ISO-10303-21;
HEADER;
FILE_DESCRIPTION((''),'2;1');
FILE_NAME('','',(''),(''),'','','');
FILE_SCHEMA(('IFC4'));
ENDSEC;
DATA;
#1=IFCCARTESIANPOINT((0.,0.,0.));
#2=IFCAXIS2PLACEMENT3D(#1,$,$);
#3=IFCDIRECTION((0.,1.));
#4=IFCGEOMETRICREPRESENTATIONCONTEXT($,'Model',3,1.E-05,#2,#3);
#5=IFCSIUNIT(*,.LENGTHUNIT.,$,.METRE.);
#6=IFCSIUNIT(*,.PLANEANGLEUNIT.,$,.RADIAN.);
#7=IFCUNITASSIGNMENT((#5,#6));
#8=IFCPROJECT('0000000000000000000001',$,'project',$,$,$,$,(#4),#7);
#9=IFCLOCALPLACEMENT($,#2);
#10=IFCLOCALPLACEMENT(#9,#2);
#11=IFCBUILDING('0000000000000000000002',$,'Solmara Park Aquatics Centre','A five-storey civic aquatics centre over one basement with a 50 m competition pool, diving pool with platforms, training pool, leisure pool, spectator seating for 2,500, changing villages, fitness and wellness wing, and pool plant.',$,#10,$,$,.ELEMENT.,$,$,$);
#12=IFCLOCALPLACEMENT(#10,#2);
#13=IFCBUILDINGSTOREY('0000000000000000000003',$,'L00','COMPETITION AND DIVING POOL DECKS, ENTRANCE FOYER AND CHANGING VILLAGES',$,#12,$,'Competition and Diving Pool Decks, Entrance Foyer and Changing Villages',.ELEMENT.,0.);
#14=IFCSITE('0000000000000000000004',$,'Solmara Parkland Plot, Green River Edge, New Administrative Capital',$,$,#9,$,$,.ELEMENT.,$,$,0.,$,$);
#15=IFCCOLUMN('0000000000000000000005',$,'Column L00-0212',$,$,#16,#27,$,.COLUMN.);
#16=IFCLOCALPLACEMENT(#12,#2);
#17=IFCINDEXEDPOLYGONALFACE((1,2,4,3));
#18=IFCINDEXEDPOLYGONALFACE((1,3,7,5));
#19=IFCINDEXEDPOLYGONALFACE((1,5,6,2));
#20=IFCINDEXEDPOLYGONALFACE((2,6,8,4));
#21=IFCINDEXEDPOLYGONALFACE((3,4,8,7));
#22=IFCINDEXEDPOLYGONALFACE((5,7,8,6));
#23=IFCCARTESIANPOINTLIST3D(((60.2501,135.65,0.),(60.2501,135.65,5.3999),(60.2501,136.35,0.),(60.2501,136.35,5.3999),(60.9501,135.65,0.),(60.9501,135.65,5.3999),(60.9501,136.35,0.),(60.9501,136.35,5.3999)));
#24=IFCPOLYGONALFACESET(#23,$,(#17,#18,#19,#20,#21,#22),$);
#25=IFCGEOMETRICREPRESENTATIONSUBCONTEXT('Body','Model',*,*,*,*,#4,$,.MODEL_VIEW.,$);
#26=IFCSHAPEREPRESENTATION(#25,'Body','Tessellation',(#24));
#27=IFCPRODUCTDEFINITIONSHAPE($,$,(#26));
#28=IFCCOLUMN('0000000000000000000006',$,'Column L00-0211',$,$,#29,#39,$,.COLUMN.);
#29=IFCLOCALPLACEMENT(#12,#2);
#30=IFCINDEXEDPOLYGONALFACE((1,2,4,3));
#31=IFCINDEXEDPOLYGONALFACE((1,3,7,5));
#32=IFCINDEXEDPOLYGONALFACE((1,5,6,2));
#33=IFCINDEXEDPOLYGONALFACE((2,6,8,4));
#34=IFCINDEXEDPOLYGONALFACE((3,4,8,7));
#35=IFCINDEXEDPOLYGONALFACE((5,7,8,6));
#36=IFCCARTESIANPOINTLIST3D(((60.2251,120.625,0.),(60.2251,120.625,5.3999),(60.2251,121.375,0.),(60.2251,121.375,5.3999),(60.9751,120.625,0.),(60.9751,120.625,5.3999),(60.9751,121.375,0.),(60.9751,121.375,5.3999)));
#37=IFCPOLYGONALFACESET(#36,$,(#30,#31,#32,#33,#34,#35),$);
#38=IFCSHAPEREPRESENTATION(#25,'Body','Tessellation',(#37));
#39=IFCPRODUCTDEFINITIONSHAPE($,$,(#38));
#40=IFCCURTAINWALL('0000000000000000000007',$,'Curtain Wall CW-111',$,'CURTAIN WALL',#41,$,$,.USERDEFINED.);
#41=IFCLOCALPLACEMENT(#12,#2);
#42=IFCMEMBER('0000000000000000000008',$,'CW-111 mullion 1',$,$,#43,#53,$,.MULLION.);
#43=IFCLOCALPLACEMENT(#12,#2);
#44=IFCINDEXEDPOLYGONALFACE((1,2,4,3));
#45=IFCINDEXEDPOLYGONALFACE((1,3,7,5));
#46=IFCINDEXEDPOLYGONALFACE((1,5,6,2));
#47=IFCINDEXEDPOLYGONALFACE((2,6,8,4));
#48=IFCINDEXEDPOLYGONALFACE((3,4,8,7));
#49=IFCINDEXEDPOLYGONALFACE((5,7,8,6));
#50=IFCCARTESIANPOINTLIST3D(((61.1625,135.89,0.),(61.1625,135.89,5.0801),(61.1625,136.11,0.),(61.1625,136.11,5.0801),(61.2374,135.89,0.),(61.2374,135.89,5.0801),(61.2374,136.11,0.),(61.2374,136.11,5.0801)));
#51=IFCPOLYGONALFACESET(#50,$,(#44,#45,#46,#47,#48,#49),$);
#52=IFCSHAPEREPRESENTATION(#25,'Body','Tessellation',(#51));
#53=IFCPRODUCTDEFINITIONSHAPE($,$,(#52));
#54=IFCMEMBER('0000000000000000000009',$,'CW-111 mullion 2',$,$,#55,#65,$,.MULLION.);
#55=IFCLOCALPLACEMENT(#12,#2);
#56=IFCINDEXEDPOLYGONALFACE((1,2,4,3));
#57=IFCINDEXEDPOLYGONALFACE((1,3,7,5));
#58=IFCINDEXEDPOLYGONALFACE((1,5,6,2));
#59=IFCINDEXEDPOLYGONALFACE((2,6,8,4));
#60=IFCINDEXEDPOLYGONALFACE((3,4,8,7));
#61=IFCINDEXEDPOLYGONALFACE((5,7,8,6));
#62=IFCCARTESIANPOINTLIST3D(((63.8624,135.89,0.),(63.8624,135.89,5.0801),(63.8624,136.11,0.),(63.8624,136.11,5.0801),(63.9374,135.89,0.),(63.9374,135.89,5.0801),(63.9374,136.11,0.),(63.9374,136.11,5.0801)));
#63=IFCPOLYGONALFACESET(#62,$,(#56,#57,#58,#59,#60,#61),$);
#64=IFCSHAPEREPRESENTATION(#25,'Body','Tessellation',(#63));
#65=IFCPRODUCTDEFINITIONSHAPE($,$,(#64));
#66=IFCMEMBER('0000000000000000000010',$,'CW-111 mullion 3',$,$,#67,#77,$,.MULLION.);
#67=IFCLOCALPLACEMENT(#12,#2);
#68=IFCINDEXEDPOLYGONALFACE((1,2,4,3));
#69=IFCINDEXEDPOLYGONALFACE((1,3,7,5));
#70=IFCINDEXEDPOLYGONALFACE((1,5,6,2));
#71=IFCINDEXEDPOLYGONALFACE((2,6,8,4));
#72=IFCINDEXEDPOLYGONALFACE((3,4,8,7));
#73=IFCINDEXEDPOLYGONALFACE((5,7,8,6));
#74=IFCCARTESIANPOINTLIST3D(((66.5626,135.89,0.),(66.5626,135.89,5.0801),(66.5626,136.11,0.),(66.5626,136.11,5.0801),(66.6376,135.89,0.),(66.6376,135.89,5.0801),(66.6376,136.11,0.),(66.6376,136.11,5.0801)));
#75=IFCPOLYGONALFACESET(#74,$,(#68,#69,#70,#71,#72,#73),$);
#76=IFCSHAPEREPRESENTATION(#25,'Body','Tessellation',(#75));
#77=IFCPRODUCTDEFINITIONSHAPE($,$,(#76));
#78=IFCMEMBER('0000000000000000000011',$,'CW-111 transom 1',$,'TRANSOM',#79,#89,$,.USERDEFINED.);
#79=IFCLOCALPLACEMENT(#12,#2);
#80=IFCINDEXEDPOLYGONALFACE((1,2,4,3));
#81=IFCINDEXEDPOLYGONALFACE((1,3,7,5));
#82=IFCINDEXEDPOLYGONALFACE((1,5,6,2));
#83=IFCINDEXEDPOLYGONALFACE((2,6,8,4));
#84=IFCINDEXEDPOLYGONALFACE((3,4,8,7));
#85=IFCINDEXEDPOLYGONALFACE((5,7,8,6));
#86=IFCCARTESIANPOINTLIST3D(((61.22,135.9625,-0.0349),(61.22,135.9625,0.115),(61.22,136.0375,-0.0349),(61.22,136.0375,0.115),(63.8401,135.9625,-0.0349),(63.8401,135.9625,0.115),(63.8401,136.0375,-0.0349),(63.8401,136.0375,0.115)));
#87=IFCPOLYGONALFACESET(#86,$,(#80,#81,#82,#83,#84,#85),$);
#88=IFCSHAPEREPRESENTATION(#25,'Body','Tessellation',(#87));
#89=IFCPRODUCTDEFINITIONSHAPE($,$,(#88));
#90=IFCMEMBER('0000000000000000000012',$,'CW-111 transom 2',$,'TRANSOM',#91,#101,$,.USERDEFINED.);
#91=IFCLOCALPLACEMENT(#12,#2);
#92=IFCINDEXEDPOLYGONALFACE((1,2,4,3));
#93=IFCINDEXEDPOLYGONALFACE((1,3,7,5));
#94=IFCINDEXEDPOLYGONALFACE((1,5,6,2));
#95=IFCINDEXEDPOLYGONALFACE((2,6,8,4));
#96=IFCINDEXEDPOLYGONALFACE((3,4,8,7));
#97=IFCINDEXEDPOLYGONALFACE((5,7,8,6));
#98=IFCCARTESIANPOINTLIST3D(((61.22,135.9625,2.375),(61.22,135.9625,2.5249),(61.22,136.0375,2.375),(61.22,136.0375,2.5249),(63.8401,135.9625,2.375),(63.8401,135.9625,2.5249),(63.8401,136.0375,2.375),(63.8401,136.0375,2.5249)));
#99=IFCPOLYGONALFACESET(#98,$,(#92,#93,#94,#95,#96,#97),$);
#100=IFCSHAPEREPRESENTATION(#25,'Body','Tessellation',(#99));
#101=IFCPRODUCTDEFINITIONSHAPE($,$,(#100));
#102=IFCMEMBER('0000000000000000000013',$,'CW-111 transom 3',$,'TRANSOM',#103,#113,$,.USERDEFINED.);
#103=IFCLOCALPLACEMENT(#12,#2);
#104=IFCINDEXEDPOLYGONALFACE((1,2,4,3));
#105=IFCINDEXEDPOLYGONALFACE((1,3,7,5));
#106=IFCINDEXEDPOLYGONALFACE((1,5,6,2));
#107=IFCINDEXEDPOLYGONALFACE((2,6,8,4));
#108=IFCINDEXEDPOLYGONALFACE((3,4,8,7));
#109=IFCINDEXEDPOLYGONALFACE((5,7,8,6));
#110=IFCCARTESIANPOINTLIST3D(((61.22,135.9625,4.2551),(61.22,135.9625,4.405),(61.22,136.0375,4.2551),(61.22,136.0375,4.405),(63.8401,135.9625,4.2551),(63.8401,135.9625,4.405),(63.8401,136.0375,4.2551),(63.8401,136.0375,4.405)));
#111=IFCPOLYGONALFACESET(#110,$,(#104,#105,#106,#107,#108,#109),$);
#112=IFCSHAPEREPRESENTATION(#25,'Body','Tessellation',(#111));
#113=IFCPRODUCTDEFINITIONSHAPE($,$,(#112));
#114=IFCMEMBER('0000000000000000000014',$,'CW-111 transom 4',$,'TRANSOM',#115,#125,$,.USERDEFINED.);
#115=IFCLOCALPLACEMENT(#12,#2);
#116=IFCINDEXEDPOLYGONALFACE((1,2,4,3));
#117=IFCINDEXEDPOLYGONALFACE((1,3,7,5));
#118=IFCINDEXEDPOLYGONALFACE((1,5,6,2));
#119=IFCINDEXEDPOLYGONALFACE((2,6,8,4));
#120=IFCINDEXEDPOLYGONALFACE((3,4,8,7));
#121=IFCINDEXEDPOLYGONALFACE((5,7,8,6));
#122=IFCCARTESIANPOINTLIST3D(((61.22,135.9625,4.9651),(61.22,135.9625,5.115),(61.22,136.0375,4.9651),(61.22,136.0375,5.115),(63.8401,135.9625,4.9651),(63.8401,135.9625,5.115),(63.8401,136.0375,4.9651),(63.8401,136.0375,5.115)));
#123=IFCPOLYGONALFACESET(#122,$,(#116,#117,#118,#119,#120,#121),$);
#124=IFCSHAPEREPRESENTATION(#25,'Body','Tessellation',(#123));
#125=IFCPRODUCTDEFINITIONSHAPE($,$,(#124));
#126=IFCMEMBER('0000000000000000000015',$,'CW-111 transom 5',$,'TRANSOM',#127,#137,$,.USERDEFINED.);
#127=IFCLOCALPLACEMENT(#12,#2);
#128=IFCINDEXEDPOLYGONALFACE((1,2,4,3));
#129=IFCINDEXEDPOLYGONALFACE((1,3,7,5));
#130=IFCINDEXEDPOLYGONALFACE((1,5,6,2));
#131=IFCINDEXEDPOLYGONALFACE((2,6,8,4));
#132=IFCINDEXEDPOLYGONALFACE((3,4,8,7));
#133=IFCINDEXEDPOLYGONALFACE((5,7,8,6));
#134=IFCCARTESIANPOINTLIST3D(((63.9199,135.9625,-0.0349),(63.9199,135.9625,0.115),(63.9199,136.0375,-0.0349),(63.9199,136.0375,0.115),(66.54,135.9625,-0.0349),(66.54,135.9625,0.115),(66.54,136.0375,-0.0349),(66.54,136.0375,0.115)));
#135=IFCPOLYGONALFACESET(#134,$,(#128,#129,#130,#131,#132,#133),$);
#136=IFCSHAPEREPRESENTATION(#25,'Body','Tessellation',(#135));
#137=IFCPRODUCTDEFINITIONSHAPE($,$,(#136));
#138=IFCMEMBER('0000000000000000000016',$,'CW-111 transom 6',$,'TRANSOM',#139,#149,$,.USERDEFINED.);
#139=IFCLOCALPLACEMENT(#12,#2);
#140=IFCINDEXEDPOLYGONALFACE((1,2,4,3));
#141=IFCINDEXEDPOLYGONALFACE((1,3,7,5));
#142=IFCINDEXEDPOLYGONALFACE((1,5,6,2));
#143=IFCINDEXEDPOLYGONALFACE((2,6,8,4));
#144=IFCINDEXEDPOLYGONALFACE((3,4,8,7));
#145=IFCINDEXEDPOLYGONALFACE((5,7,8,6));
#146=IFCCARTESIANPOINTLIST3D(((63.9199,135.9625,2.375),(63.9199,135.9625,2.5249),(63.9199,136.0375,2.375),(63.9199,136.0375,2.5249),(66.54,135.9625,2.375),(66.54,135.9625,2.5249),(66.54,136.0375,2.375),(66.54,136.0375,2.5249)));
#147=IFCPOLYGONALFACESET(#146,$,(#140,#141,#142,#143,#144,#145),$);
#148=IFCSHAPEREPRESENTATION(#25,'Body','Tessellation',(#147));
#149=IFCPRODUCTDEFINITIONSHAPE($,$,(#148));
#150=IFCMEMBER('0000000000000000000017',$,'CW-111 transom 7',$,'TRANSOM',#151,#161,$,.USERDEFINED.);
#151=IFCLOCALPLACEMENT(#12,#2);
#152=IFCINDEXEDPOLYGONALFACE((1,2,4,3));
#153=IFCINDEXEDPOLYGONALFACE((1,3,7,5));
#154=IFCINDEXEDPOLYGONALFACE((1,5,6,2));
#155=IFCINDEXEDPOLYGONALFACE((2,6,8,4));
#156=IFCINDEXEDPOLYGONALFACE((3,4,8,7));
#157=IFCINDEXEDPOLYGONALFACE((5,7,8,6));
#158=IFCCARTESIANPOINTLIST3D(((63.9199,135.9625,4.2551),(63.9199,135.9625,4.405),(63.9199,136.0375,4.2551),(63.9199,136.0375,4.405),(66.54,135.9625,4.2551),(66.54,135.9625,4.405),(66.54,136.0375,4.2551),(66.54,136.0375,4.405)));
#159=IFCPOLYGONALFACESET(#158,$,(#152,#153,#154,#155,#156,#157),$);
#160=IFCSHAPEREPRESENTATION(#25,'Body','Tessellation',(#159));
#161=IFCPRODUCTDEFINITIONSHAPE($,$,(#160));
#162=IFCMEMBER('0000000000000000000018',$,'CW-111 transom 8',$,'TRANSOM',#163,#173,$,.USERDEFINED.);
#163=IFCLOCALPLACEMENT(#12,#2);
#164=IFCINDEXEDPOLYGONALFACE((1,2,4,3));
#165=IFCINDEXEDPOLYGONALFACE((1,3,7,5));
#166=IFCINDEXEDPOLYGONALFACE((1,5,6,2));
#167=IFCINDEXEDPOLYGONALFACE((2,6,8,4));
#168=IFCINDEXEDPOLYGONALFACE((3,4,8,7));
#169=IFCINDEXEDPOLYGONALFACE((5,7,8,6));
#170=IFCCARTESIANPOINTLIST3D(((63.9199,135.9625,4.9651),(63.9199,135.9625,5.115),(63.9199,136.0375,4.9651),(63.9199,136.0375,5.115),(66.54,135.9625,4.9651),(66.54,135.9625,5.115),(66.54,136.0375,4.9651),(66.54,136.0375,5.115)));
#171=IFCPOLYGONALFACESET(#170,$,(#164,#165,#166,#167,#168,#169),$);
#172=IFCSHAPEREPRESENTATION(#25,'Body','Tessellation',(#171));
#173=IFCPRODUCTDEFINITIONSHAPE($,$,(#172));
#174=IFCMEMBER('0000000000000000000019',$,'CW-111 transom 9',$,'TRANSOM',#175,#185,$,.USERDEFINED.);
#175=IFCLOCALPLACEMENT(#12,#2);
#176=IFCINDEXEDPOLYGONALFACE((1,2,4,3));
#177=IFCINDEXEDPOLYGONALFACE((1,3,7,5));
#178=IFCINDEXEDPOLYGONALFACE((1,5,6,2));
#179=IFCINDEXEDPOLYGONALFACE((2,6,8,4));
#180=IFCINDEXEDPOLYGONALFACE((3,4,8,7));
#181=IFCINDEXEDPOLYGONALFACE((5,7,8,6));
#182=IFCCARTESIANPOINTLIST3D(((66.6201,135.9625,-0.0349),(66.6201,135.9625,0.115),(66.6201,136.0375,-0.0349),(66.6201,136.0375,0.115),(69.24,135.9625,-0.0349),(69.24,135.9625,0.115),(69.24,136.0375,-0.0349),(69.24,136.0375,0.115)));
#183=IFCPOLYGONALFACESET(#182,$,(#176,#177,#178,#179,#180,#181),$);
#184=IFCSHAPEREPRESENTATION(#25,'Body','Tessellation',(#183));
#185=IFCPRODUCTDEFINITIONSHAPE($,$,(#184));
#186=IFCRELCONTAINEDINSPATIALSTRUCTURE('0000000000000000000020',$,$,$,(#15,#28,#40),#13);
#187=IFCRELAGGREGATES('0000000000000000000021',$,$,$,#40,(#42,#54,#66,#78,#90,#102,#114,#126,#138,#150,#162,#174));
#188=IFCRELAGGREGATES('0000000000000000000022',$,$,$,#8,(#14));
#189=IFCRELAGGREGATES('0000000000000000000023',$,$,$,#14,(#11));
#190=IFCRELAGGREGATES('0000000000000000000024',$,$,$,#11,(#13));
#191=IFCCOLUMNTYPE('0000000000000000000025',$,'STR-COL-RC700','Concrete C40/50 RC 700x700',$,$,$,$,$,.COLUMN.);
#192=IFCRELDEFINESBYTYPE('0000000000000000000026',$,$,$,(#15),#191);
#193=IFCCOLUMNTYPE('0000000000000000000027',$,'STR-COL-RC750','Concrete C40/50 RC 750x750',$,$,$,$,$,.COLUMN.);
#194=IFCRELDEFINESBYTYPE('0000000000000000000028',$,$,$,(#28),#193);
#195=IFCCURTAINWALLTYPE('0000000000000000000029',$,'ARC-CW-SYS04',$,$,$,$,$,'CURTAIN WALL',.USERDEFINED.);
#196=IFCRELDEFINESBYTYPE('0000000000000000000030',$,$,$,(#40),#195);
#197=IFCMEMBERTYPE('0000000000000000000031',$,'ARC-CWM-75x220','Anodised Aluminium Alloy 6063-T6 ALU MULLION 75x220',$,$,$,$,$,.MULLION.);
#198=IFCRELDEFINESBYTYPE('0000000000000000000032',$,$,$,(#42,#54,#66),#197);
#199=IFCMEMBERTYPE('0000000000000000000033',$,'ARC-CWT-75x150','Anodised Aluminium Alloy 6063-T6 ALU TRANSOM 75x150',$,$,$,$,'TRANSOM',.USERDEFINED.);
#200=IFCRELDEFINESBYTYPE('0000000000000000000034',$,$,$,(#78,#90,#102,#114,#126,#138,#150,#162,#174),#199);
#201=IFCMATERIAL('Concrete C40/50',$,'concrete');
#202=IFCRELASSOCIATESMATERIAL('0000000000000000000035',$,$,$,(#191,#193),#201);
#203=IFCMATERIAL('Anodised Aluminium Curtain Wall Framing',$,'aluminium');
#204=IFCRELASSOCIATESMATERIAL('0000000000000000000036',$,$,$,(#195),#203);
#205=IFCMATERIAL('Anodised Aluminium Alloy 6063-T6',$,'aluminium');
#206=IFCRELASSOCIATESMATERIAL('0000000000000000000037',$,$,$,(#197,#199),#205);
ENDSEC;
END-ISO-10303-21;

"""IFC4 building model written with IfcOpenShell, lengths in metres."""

from ifc_helpers import new_model, si_unit, direction, frame, origin, origin_2d, place, context, subcontext, project, spatial, rectangle, extrude, material, material_profile, profile_set, type_object, element, aggregate, save


model = new_model("IFC4")

# Units and contexts
model_context = context("Model", 3, precision=1e-05, world=origin(), true_north=direction((0.0, 1.0)))
body_context = subcontext(model_context, "Body", "Model", "MODEL_VIEW")
ifc_project = project(units=[si_unit("LENGTHUNIT", "METRE"), si_unit("PLANEANGLEUNIT", "RADIAN")], contexts=[model_context])

# Site, building, storey
site_placement = place(None, origin())
site = spatial("IfcSite", under=ifc_project, at=site_placement, Name="Solmara Parkland Plot, Green River Edge, New Administrative Capital", CompositionType="ELEMENT", RefElevation=0.0)
building_placement = place(site_placement, origin())
building = spatial("IfcBuilding", under=site, at=building_placement, Name="Solmara Park Aquatics Centre", Description="A five-storey civic aquatics centre over one basement with a 50 m competition pool, diving pool with platforms, training pool, leisure pool, spectator seating for 2,500, changing villages, fitness and wellness wing, and pool plant.", CompositionType="ELEMENT")
storey_placement = place(building_placement, origin())
storey = spatial("IfcBuildingStorey", under=building, at=storey_placement, Name="L00", Description="COMPETITION AND DIVING POOL DECKS, ENTRANCE FOYER AND CHANGING VILLAGES", LongName="Competition and Diving Pool Decks, Entrance Foyer and Changing Villages", CompositionType="ELEMENT", Elevation=0.0)

# Columns
ifc_material_1 = material(Name="Concrete C40/50", Category="concrete")
ifc_material_profile_1 = material_profile(ifc_material_1, rectangle(XDim=0.7, YDim=0.7, at=origin_2d()), Name="RC 700x700")
ifc_profile_set_1 = profile_set([ifc_material_profile_1], Name="Concrete C40/50")
column_type_1 = type_object("IfcColumnType", Name="STR-COL-RC700", Description="Concrete C40/50 RC 700x700", PredefinedType="COLUMN", material=ifc_profile_set_1)
column_1_placement = place(storey_placement, frame((60.6001, 136.0, 0.0), z_axis=(0.0, 0.0, 1.0), x_axis=(1.0, 0.0, 0.0)))
element("IfcColumn", 1, at=column_1_placement, inside=storey, type_object=column_type_1, Name="Column L00-0212", PredefinedType="COLUMN", context=body_context, shape_type="SweptSolid", body=[
    extrude(rectangle(XDim=0.7, YDim=0.7, at=origin_2d()), origin(), (0.0, 0.0, 1.0), 5.3999),
])
ifc_material_profile_2 = material_profile(ifc_material_1, rectangle(XDim=0.75, YDim=0.75, at=origin_2d()), Name="RC 750x750")
ifc_profile_set_2 = profile_set([ifc_material_profile_2], Name="Concrete C40/50")
column_type_2 = type_object("IfcColumnType", Name="STR-COL-RC750", Description="Concrete C40/50 RC 750x750", PredefinedType="COLUMN", material=ifc_profile_set_2)
column_2_placement = place(storey_placement, frame((60.6001, 121.0, 0.0), z_axis=(0.0, 0.0, 1.0), x_axis=(1.0, 0.0, 0.0)))
element("IfcColumn", 2, at=column_2_placement, inside=storey, type_object=column_type_2, Name="Column L00-0211", PredefinedType="COLUMN", context=body_context, shape_type="SweptSolid", body=[
    extrude(rectangle(XDim=0.75, YDim=0.75, at=origin_2d()), origin(), (0.0, 0.0, 1.0), 5.3999),
])

# Curtain wall, members
ifc_material_2 = material(Name="Anodised Aluminium Curtain Wall Framing", Category="aluminium")
curtain_wall_type = type_object("IfcCurtainWallType", Name="ARC-CW-SYS04", ElementType="CURTAIN WALL", PredefinedType="USERDEFINED", material=ifc_material_2)
curtain_wall_placement = place(storey_placement, origin())
curtain_wall = element("IfcCurtainWall", 3, at=curtain_wall_placement, inside=storey, type_object=curtain_wall_type, Name="Curtain Wall CW-111", ObjectType="CURTAIN WALL", PredefinedType="USERDEFINED")
ifc_material_3 = material(Name="Anodised Aluminium Alloy 6063-T6", Category="aluminium")
ifc_material_profile_3 = material_profile(ifc_material_3, rectangle(XDim=0.075, YDim=0.22, at=origin_2d()), Name="ALU MULLION 75x220")
ifc_profile_set_3 = profile_set([ifc_material_profile_3], Name="Anodised Aluminium Alloy 6063-T6")
member_type_1 = type_object("IfcMemberType", Name="ARC-CWM-75x220", Description="Anodised Aluminium Alloy 6063-T6 ALU MULLION 75x220", PredefinedType="MULLION", material=ifc_profile_set_3)
member_1_placement = place(storey_placement, frame((61.2, 136.0, 0.0), z_axis=(0.0, 0.0, 1.0), x_axis=(1.0, 0.0, 0.0)))
member_1 = element("IfcMember", 4, at=member_1_placement, type_object=member_type_1, Name="CW-111 mullion 1", PredefinedType="MULLION", context=body_context, shape_type="SweptSolid", body=[
    extrude(rectangle(XDim=0.075, YDim=0.22, at=origin_2d()), origin(), (0.0, 0.0, 1.0), 5.0801),
])
member_2_placement = place(storey_placement, frame((63.8999, 136.0, 0.0), z_axis=(0.0, 0.0, 1.0), x_axis=(1.0, 0.0, 0.0)))
member_2 = element("IfcMember", 5, at=member_2_placement, type_object=member_type_1, Name="CW-111 mullion 2", PredefinedType="MULLION", context=body_context, shape_type="SweptSolid", body=[
    extrude(rectangle(XDim=0.075, YDim=0.22, at=origin_2d()), origin(), (0.0, 0.0, 1.0), 5.0801),
])
member_3_placement = place(storey_placement, frame((66.6001, 136.0, 0.0), z_axis=(0.0, 0.0, 1.0), x_axis=(1.0, 0.0, 0.0)))
member_3 = element("IfcMember", 6, at=member_3_placement, type_object=member_type_1, Name="CW-111 mullion 3", PredefinedType="MULLION", context=body_context, shape_type="SweptSolid", body=[
    extrude(rectangle(XDim=0.075, YDim=0.22, at=origin_2d()), origin(), (0.0, 0.0, 1.0), 5.0801),
])
ifc_material_profile_4 = material_profile(ifc_material_3, rectangle(XDim=0.075, YDim=0.1499, at=origin_2d()), Name="ALU TRANSOM 75x150")
ifc_profile_set_4 = profile_set([ifc_material_profile_4], Name="Anodised Aluminium Alloy 6063-T6")
member_type_2 = type_object("IfcMemberType", Name="ARC-CWT-75x150", Description="Anodised Aluminium Alloy 6063-T6 ALU TRANSOM 75x150", ElementType="TRANSOM", PredefinedType="USERDEFINED", material=ifc_profile_set_4)
member_4_placement = place(storey_placement, frame((61.22, 136.0, 0.04), z_axis=(1.0, 0.0, 0.0), x_axis=(0.0, 1.0, 0.0)))
member_4 = element("IfcMember", 7, at=member_4_placement, type_object=member_type_2, Name="CW-111 transom 1", ObjectType="TRANSOM", PredefinedType="USERDEFINED", context=body_context, shape_type="SweptSolid", body=[
    extrude(rectangle(XDim=0.075, YDim=0.1499, at=origin_2d()), origin(), (0.0, 0.0, 1.0), 2.6201),
])
member_5_placement = place(storey_placement, frame((61.22, 136.0, 2.45), z_axis=(1.0, 0.0, 0.0), x_axis=(0.0, 1.0, 0.0)))
member_5 = element("IfcMember", 8, at=member_5_placement, type_object=member_type_2, Name="CW-111 transom 2", ObjectType="TRANSOM", PredefinedType="USERDEFINED", context=body_context, shape_type="SweptSolid", body=[
    extrude(rectangle(XDim=0.075, YDim=0.1499, at=origin_2d()), origin(), (0.0, 0.0, 1.0), 2.6201),
])
member_6_placement = place(storey_placement, frame((61.22, 136.0, 4.3301), z_axis=(1.0, 0.0, 0.0), x_axis=(0.0, 1.0, 0.0)))
member_6 = element("IfcMember", 9, at=member_6_placement, type_object=member_type_2, Name="CW-111 transom 3", ObjectType="TRANSOM", PredefinedType="USERDEFINED", context=body_context, shape_type="SweptSolid", body=[
    extrude(rectangle(XDim=0.075, YDim=0.1499, at=origin_2d()), origin(), (0.0, 0.0, 1.0), 2.6201),
])
member_7_placement = place(storey_placement, frame((61.22, 136.0, 5.04), z_axis=(1.0, 0.0, 0.0), x_axis=(0.0, 1.0, 0.0)))
member_7 = element("IfcMember", 10, at=member_7_placement, type_object=member_type_2, Name="CW-111 transom 4", ObjectType="TRANSOM", PredefinedType="USERDEFINED", context=body_context, shape_type="SweptSolid", body=[
    extrude(rectangle(XDim=0.075, YDim=0.1499, at=origin_2d()), origin(), (0.0, 0.0, 1.0), 2.6201),
])
member_8_placement = place(storey_placement, frame((63.9199, 136.0, 0.04), z_axis=(1.0, 0.0, 0.0), x_axis=(0.0, 1.0, 0.0)))
member_8 = element("IfcMember", 11, at=member_8_placement, type_object=member_type_2, Name="CW-111 transom 5", ObjectType="TRANSOM", PredefinedType="USERDEFINED", context=body_context, shape_type="SweptSolid", body=[
    extrude(rectangle(XDim=0.075, YDim=0.1499, at=origin_2d()), origin(), (0.0, 0.0, 1.0), 2.6201),
])
member_9_placement = place(storey_placement, frame((63.9199, 136.0, 2.45), z_axis=(1.0, 0.0, 0.0), x_axis=(0.0, 1.0, 0.0)))
member_9 = element("IfcMember", 12, at=member_9_placement, type_object=member_type_2, Name="CW-111 transom 6", ObjectType="TRANSOM", PredefinedType="USERDEFINED", context=body_context, shape_type="SweptSolid", body=[
    extrude(rectangle(XDim=0.075, YDim=0.1499, at=origin_2d()), origin(), (0.0, 0.0, 1.0), 2.6201),
])
member_10_placement = place(storey_placement, frame((63.9199, 136.0, 4.3301), z_axis=(1.0, 0.0, 0.0), x_axis=(0.0, 1.0, 0.0)))
member_10 = element("IfcMember", 13, at=member_10_placement, type_object=member_type_2, Name="CW-111 transom 7", ObjectType="TRANSOM", PredefinedType="USERDEFINED", context=body_context, shape_type="SweptSolid", body=[
    extrude(rectangle(XDim=0.075, YDim=0.1499, at=origin_2d()), origin(), (0.0, 0.0, 1.0), 2.6201),
])
member_11_placement = place(storey_placement, frame((63.9199, 136.0, 5.04), z_axis=(1.0, 0.0, 0.0), x_axis=(0.0, 1.0, 0.0)))
member_11 = element("IfcMember", 14, at=member_11_placement, type_object=member_type_2, Name="CW-111 transom 8", ObjectType="TRANSOM", PredefinedType="USERDEFINED", context=body_context, shape_type="SweptSolid", body=[
    extrude(rectangle(XDim=0.075, YDim=0.1499, at=origin_2d()), origin(), (0.0, 0.0, 1.0), 2.6201),
])
member_12_placement = place(storey_placement, frame((66.6201, 136.0, 0.04), z_axis=(1.0, 0.0, 0.0), x_axis=(0.0, 1.0, 0.0)))
member_12 = element("IfcMember", 15, at=member_12_placement, type_object=member_type_2, Name="CW-111 transom 9", ObjectType="TRANSOM", PredefinedType="USERDEFINED", context=body_context, shape_type="SweptSolid", body=[
    extrude(rectangle(XDim=0.075, YDim=0.1499, at=origin_2d()), origin(), (0.0, 0.0, 1.0), 2.6199),
])

aggregate(curtain_wall, [member_1, member_2, member_3, member_4, member_5, member_6, member_7, member_8, member_9, member_10, member_11, member_12])

save(model, "model.ifc")
